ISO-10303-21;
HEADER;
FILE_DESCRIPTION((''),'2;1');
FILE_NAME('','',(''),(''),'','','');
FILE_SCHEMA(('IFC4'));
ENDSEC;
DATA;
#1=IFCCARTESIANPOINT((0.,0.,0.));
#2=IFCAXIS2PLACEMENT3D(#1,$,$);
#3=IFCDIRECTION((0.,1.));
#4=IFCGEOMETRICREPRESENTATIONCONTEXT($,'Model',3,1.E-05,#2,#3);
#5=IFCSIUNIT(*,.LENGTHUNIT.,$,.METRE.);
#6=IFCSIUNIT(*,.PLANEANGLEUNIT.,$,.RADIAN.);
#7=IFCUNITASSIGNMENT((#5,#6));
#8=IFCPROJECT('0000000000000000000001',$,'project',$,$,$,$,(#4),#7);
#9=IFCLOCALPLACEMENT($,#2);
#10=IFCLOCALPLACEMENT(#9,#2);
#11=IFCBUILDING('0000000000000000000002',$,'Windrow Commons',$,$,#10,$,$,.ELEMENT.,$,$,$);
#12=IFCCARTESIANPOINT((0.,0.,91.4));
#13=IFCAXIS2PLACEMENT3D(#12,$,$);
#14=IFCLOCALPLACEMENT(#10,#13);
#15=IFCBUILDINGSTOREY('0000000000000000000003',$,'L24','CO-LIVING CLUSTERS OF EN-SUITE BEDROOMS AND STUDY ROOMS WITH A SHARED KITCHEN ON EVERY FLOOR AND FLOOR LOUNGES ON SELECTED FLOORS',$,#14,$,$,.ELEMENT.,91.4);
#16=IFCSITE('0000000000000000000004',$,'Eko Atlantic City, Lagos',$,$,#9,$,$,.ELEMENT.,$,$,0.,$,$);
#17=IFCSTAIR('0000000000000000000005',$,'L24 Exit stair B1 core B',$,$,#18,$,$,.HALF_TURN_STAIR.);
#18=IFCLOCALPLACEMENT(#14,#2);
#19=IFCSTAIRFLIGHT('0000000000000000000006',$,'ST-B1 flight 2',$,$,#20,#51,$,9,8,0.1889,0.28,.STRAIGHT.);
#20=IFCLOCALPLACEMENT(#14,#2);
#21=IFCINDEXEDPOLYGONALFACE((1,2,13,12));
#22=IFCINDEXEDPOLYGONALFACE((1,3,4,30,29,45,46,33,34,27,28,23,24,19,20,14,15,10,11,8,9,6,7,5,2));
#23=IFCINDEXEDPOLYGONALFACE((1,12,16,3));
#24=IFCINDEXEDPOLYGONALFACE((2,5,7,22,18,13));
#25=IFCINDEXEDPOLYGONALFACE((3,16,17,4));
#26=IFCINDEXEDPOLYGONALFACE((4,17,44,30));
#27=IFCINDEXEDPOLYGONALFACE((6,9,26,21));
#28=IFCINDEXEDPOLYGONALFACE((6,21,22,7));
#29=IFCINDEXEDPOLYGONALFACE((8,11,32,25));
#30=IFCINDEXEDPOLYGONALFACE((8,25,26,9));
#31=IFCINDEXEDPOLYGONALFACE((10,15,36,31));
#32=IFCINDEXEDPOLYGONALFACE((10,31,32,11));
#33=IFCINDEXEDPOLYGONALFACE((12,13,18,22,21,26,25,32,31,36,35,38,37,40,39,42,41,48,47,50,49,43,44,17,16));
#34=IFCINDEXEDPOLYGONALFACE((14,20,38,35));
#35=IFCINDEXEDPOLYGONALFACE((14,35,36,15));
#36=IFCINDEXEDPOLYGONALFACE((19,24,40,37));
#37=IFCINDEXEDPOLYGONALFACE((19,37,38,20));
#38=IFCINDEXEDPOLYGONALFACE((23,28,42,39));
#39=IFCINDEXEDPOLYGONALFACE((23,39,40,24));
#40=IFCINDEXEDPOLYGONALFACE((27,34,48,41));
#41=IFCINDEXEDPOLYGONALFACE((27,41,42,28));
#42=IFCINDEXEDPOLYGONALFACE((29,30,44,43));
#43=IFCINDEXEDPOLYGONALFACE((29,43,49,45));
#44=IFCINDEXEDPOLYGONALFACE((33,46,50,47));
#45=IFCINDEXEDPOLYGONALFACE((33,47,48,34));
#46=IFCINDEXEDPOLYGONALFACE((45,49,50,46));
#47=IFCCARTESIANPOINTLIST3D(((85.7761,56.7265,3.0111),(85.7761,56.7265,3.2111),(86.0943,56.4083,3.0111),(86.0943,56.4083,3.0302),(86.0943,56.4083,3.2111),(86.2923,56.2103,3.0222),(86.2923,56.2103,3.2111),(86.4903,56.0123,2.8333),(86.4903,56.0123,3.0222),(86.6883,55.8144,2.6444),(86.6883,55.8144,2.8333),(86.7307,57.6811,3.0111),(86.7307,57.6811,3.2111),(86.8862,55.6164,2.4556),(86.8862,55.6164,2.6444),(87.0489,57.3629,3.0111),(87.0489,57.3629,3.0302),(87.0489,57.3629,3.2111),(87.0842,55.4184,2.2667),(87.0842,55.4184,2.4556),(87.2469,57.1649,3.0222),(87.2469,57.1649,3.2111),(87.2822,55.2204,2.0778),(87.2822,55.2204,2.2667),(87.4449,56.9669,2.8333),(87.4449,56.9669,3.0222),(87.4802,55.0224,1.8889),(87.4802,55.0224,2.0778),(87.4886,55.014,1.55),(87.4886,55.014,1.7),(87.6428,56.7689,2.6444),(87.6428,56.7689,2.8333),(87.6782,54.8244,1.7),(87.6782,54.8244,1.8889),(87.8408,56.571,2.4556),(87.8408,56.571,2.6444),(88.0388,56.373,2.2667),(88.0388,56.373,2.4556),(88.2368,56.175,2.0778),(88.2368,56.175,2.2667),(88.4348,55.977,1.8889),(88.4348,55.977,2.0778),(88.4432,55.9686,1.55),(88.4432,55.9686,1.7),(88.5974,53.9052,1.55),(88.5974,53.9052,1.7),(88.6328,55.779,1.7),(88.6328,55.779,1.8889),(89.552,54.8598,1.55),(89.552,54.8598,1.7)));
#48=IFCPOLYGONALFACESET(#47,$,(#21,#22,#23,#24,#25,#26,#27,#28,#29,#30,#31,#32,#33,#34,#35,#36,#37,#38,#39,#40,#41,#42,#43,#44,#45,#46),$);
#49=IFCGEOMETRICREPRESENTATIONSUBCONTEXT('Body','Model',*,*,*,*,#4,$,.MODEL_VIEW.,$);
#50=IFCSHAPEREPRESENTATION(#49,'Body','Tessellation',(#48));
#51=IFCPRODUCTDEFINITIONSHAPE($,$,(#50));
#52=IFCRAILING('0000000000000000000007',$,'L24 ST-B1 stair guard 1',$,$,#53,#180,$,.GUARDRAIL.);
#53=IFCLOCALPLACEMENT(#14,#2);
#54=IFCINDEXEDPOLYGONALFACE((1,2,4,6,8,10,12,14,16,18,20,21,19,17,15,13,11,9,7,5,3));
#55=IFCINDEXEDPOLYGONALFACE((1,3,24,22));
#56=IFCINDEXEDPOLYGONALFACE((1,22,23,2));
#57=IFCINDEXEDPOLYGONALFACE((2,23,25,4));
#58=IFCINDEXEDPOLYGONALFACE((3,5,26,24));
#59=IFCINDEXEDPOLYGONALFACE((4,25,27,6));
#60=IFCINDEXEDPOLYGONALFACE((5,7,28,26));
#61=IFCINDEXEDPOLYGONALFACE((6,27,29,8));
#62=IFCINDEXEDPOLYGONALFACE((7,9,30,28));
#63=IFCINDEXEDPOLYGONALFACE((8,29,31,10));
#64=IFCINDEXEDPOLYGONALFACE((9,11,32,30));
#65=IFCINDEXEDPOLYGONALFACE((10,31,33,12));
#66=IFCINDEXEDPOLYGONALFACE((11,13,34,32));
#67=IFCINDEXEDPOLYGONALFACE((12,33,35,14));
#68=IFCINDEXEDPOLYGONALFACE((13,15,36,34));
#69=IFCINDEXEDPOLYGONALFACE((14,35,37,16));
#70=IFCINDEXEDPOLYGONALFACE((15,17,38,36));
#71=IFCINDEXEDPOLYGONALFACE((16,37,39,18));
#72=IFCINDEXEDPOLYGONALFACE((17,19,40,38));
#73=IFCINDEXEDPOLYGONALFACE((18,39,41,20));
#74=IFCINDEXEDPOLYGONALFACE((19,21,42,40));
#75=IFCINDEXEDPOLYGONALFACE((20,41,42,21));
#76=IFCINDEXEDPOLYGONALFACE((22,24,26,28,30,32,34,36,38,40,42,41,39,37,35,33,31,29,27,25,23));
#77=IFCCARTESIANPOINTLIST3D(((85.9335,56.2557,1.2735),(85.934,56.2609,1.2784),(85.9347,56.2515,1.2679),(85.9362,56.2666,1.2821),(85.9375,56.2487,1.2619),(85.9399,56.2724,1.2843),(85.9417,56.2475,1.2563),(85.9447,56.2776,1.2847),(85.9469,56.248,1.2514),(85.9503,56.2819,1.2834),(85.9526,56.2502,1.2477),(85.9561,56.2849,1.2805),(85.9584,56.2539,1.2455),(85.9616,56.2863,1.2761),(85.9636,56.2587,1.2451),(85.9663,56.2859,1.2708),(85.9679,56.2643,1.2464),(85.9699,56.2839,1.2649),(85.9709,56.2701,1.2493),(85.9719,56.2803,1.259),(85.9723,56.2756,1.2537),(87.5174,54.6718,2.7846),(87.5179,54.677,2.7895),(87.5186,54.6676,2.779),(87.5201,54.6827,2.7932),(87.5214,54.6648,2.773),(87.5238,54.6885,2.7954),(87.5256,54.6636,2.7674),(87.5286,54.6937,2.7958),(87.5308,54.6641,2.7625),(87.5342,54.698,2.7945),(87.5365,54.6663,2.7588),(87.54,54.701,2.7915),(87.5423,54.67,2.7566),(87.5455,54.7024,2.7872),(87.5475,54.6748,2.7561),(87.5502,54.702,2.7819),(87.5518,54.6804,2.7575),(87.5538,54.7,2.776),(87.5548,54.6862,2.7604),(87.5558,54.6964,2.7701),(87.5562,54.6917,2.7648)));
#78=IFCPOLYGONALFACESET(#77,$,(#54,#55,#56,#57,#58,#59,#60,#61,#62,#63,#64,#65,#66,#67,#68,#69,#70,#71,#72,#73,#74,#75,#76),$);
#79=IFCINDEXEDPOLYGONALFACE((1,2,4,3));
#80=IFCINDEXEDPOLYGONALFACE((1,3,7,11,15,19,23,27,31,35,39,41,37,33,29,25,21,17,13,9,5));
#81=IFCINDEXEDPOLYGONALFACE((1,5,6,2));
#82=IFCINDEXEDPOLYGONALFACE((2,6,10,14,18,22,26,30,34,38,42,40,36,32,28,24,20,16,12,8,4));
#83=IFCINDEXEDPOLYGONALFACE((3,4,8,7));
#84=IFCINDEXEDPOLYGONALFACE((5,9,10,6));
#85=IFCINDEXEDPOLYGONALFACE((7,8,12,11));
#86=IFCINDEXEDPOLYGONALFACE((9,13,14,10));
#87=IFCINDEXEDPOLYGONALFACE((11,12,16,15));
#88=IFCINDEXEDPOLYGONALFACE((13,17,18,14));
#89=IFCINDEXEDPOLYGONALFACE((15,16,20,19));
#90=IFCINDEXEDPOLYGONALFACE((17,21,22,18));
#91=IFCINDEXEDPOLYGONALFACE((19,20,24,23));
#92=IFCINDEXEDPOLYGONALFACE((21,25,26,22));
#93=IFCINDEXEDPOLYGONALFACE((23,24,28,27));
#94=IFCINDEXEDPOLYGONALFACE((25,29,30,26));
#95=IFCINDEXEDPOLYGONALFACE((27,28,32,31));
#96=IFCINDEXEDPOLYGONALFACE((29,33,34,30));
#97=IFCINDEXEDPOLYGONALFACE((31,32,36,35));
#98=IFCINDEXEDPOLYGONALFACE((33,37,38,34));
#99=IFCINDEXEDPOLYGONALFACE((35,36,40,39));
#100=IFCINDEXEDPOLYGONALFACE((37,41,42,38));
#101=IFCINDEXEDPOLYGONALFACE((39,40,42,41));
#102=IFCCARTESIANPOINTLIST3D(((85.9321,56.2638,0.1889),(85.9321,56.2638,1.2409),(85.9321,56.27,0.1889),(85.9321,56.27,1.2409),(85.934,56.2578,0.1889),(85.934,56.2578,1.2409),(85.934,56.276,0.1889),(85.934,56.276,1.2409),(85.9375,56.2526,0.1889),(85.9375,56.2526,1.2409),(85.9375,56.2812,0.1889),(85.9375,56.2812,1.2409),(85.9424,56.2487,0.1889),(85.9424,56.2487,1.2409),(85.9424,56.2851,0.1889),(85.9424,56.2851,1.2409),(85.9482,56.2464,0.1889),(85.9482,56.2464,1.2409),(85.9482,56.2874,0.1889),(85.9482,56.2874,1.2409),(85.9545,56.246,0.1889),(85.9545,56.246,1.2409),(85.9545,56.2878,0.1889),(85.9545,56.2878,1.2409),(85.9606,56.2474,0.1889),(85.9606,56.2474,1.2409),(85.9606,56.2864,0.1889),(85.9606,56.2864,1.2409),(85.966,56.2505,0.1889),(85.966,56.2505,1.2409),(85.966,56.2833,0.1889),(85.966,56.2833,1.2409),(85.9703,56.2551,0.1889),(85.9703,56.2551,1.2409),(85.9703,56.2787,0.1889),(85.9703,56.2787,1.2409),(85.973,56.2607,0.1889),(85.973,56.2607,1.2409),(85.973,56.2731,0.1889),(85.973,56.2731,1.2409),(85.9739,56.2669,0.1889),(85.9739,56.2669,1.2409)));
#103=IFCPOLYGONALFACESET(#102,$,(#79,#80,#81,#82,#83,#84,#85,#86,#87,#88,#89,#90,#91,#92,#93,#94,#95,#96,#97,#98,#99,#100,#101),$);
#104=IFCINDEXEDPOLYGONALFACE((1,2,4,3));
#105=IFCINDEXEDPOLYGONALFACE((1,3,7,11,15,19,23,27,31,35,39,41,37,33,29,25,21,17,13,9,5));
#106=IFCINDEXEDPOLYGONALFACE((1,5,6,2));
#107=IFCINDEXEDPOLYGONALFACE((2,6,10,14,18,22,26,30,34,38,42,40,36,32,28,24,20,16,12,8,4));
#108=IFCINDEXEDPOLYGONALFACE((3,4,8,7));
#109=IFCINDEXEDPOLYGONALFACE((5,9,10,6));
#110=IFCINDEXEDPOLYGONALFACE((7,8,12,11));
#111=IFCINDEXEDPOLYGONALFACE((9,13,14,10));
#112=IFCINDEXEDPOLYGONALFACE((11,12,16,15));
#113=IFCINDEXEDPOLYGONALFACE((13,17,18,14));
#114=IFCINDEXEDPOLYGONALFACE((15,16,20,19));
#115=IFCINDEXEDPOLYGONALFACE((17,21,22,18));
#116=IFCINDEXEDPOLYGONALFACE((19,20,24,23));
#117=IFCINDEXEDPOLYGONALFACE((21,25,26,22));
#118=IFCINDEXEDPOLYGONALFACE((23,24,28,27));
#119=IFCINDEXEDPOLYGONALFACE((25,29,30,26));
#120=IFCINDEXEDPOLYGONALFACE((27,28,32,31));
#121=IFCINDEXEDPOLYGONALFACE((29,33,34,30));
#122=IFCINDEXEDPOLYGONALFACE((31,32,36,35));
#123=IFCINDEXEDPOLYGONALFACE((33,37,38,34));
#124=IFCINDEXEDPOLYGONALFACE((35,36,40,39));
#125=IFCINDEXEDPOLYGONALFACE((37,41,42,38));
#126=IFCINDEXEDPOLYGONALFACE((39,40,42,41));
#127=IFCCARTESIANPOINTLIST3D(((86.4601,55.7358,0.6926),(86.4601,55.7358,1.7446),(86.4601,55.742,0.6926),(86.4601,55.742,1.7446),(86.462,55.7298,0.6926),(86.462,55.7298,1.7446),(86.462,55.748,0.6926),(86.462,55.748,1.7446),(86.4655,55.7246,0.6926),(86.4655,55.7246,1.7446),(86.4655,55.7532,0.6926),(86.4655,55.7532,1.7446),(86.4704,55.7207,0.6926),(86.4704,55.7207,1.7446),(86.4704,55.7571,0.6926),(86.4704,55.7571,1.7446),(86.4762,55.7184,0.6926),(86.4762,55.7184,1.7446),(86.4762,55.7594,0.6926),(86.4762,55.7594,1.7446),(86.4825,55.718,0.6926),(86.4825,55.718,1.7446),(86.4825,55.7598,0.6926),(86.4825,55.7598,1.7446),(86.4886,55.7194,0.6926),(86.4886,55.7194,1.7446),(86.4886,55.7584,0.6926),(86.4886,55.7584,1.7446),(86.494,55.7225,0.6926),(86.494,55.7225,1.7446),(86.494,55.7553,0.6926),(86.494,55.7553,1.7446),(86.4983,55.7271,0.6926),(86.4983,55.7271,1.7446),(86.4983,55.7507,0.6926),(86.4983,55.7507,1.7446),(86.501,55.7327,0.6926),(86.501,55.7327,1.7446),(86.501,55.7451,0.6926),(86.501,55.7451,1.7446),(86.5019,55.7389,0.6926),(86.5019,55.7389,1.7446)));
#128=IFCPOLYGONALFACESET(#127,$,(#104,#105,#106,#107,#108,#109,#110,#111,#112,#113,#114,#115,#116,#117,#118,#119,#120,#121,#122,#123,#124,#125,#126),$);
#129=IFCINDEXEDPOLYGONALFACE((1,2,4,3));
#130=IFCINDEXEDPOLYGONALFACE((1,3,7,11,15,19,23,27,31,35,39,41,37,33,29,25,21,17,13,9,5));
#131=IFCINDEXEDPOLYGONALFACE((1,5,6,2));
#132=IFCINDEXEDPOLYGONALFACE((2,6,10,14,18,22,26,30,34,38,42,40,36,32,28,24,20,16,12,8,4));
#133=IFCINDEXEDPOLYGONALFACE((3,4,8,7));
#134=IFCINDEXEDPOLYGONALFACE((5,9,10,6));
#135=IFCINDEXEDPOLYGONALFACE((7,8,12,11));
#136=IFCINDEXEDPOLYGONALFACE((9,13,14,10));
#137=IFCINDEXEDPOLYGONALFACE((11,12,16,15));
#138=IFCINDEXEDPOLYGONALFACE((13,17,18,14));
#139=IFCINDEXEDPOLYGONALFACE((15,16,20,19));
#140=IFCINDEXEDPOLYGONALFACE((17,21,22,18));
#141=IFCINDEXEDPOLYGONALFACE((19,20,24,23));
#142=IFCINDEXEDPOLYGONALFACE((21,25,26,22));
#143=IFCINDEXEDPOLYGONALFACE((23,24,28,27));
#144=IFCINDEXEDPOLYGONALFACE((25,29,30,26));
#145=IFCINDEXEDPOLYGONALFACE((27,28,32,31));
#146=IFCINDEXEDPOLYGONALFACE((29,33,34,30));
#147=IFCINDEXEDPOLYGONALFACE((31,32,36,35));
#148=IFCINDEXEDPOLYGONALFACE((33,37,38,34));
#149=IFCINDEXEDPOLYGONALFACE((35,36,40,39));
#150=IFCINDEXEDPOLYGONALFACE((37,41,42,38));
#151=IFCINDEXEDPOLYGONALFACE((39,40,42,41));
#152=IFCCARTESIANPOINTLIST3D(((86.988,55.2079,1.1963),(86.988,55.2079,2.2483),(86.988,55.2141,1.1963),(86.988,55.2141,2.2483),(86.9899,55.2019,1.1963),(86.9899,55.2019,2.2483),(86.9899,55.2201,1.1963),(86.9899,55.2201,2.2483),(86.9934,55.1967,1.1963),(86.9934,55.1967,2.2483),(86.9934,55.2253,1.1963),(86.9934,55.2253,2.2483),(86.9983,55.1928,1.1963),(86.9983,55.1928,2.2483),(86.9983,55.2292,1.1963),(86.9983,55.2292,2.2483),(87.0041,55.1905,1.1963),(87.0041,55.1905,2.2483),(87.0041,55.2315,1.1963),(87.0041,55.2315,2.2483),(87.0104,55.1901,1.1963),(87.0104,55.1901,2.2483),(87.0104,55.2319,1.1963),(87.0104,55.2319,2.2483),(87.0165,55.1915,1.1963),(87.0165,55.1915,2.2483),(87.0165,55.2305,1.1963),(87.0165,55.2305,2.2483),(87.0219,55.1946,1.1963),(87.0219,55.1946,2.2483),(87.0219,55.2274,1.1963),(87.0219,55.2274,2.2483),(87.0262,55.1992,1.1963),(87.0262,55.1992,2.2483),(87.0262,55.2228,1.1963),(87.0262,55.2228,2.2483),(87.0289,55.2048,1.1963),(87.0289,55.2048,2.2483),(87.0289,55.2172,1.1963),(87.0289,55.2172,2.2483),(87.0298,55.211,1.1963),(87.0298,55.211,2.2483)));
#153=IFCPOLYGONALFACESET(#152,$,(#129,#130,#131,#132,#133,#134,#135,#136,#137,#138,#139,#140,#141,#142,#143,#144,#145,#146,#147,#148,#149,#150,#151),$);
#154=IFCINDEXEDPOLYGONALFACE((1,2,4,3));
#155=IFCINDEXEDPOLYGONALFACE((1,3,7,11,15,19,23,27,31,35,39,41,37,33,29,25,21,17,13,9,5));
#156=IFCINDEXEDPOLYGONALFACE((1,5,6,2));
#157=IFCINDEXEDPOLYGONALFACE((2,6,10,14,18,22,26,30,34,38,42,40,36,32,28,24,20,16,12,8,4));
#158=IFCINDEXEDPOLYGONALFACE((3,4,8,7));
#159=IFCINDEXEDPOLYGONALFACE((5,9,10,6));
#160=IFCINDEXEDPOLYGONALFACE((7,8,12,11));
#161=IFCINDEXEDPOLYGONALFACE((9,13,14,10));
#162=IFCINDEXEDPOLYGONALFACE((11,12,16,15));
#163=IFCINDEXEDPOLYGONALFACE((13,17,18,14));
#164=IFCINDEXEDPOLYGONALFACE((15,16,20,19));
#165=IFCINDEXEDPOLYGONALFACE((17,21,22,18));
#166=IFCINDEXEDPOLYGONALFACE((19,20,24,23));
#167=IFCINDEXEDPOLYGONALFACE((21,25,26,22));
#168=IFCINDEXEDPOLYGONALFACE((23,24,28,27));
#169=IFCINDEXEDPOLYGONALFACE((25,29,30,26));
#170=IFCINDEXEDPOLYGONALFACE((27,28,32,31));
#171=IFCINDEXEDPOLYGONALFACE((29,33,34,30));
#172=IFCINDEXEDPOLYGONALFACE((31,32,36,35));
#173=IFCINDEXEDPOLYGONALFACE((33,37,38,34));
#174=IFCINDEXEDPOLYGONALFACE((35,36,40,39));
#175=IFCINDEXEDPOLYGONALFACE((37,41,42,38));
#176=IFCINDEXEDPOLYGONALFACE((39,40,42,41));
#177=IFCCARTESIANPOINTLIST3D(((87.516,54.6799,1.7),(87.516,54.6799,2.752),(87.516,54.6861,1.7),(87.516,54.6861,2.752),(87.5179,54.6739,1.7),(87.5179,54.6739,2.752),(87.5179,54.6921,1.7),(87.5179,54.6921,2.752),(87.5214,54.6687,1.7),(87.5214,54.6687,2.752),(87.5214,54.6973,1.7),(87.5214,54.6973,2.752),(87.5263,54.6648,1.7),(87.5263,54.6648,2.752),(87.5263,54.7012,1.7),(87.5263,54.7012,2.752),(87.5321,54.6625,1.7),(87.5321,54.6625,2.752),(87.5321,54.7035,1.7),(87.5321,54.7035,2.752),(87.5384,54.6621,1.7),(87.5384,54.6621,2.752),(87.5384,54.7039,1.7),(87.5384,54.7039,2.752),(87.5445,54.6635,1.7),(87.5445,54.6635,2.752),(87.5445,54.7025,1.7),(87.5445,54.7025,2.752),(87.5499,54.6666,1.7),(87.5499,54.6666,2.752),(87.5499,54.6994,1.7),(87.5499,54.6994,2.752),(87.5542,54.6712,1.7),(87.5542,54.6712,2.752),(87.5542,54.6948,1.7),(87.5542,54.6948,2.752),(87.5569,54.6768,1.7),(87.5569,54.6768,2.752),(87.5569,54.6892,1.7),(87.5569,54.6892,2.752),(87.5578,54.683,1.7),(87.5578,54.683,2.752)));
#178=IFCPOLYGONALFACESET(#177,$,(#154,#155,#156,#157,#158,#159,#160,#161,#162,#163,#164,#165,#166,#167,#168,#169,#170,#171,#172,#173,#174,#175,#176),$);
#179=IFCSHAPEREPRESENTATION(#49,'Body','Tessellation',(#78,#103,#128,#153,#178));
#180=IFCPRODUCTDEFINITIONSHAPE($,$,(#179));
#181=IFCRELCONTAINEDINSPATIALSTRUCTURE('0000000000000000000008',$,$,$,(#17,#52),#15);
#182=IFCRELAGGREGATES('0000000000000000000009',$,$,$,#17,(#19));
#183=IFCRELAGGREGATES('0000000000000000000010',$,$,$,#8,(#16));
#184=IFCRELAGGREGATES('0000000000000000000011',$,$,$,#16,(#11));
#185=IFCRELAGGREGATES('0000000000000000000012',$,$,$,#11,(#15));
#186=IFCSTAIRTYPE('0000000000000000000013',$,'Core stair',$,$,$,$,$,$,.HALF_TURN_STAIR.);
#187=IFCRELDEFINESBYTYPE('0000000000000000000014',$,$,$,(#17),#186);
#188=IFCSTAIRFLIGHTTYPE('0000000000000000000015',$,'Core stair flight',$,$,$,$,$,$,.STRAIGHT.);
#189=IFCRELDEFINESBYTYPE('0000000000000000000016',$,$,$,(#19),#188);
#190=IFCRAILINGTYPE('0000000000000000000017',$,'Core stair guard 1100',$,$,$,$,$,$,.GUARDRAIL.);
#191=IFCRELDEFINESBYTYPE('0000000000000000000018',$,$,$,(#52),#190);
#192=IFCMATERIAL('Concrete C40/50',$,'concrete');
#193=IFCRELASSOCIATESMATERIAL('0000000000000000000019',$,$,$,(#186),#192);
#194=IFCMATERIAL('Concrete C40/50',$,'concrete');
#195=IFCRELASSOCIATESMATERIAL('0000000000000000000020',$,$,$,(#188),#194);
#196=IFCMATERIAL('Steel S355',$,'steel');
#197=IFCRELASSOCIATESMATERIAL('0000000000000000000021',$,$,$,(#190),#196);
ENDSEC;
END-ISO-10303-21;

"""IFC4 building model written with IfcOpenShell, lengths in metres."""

from ifc_helpers import new_model, si_unit, direction, frame, origin, origin_2d, place, context, subcontext, project, spatial, polyline, circle, outline, extrude, material, type_object, element, aggregate, save


model = new_model("IFC4")

# Units and contexts
model_context = context("Model", 3, precision=1e-05, world=origin(), true_north=direction((0.0, 1.0)))
body_context = subcontext(model_context, "Body", "Model", "MODEL_VIEW")
ifc_project = project(units=[si_unit("LENGTHUNIT", "METRE"), si_unit("PLANEANGLEUNIT", "RADIAN")], contexts=[model_context])

# Site, building, storey
site_placement = place(None, origin())
site = spatial("IfcSite", under=ifc_project, at=site_placement, Name="Eko Atlantic City, Lagos", CompositionType="ELEMENT", RefElevation=0.0)
building_placement = place(site_placement, origin())
building = spatial("IfcBuilding", under=site, at=building_placement, Name="Windrow Commons", CompositionType="ELEMENT")
storey_placement = place(building_placement, frame((0.0, 0.0, 91.4)))
storey = spatial("IfcBuildingStorey", under=building, at=storey_placement, Name="L24", Description="CO-LIVING CLUSTERS OF EN-SUITE BEDROOMS AND STUDY ROOMS WITH A SHARED KITCHEN ON EVERY FLOOR AND FLOOR LOUNGES ON SELECTED FLOORS", CompositionType="ELEMENT", Elevation=91.4)

# Stair, stair flight
ifc_material_1 = material(Name="Concrete C40/50", Category="concrete")
stair_type = type_object("IfcStairType", Name="Core stair", PredefinedType="HALF_TURN_STAIR", material=ifc_material_1)
stair_placement = place(storey_placement, origin())
stair = element("IfcStair", 1, at=stair_placement, inside=storey, type_object=stair_type, Name="L24 Exit stair B1 core B", PredefinedType="HALF_TURN_STAIR")
ifc_material_2 = material(Name="Concrete C40/50", Category="concrete")
stair_flight_type = type_object("IfcStairFlightType", Name="Core stair flight", PredefinedType="STRAIGHT", material=ifc_material_2)
stair_flight_1_placement = place(storey_placement, frame((88.1555, 55.3017, 1.7), z_axis=(0.0, 0.0, 1.0), x_axis=(-0.707107, 0.707107, 0.0)))
stair_flight_1 = element("IfcStairFlight", 2, at=stair_flight_1_placement, type_object=stair_flight_type, Name="ST-B1 flight 2", NumberOfRisers=9, NumberOfTreads=8, PredefinedType="STRAIGHT", RiserHeight=0.1889, TreadLength=0.28, context=body_context, shape_type="SweptSolid", body=[
    extrude(outline(polyline([(-1.3, -0.15), (-1.3, 0.0), (0.0, 0.0), (0.0, 0.1889), (0.28, 0.1889), (0.28, 0.3778), (0.56, 0.3778), (0.56, 0.5667), (0.84, 0.5667), (0.84, 0.7556), (1.12, 0.7556), (1.12, 0.9444), (1.4, 0.9444), (1.4, 1.1333), (1.68, 1.1333), (1.68, 1.3222), (1.96, 1.3222), (1.96, 1.5111), (2.24, 1.5111), (2.69, 1.5111), (2.69, 1.3111), (2.24, 1.3111), (2.24, 1.3302), (0.2682, 0.0), (0.2682, -0.15), (-1.3, -0.15)])), frame((0.0, 0.675, 0.0), z_axis=(0.0, -1.0, 0.0), x_axis=(1.0, 0.0, 0.0)), (0.0, 0.0, 1.0), 1.35),
])
aggregate(stair, [stair_flight_1])

# Railing
ifc_material_3 = material(Name="Steel S355", Category="steel")
railing_type_1 = type_object("IfcRailingType", Name="Core stair guard 1100", PredefinedType="GUARDRAIL", material=ifc_material_3)
railing_1_placement = place(storey_placement, frame((85.9529, 56.2669, 0.1889)))
element("IfcRailing", 3, at=railing_1_placement, inside=storey, type_object=railing_type_1, Name="L24 ST-B1 stair guard 1", PredefinedType="GUARDRAIL", context=body_context, shape_type="SweptSolid", body=[
    extrude(circle(Radius=0.024, at=origin_2d()), frame((0.0, 0.0, 1.076), z_axis=(0.586191, -0.586191, 0.559249), x_axis=(0.707107, 0.707107, 0.0)), (0.0, 0.0, 1.0), 2.702),
    extrude(circle(Radius=0.021, at=origin_2d()), origin(), (0.0, 0.0, 1.0), 1.052),
    extrude(circle(Radius=0.021, at=origin_2d()), frame((0.528, -0.528, 0.5037)), (0.0, 0.0, 1.0), 1.052),
    extrude(circle(Radius=0.021, at=origin_2d()), frame((1.0559, -1.0559, 1.0074)), (0.0, 0.0, 1.0), 1.052),
    extrude(circle(Radius=0.021, at=origin_2d()), frame((1.5839, -1.5839, 1.5111)), (0.0, 0.0, 1.0), 1.052),
])

save(model, "model.ifc")
